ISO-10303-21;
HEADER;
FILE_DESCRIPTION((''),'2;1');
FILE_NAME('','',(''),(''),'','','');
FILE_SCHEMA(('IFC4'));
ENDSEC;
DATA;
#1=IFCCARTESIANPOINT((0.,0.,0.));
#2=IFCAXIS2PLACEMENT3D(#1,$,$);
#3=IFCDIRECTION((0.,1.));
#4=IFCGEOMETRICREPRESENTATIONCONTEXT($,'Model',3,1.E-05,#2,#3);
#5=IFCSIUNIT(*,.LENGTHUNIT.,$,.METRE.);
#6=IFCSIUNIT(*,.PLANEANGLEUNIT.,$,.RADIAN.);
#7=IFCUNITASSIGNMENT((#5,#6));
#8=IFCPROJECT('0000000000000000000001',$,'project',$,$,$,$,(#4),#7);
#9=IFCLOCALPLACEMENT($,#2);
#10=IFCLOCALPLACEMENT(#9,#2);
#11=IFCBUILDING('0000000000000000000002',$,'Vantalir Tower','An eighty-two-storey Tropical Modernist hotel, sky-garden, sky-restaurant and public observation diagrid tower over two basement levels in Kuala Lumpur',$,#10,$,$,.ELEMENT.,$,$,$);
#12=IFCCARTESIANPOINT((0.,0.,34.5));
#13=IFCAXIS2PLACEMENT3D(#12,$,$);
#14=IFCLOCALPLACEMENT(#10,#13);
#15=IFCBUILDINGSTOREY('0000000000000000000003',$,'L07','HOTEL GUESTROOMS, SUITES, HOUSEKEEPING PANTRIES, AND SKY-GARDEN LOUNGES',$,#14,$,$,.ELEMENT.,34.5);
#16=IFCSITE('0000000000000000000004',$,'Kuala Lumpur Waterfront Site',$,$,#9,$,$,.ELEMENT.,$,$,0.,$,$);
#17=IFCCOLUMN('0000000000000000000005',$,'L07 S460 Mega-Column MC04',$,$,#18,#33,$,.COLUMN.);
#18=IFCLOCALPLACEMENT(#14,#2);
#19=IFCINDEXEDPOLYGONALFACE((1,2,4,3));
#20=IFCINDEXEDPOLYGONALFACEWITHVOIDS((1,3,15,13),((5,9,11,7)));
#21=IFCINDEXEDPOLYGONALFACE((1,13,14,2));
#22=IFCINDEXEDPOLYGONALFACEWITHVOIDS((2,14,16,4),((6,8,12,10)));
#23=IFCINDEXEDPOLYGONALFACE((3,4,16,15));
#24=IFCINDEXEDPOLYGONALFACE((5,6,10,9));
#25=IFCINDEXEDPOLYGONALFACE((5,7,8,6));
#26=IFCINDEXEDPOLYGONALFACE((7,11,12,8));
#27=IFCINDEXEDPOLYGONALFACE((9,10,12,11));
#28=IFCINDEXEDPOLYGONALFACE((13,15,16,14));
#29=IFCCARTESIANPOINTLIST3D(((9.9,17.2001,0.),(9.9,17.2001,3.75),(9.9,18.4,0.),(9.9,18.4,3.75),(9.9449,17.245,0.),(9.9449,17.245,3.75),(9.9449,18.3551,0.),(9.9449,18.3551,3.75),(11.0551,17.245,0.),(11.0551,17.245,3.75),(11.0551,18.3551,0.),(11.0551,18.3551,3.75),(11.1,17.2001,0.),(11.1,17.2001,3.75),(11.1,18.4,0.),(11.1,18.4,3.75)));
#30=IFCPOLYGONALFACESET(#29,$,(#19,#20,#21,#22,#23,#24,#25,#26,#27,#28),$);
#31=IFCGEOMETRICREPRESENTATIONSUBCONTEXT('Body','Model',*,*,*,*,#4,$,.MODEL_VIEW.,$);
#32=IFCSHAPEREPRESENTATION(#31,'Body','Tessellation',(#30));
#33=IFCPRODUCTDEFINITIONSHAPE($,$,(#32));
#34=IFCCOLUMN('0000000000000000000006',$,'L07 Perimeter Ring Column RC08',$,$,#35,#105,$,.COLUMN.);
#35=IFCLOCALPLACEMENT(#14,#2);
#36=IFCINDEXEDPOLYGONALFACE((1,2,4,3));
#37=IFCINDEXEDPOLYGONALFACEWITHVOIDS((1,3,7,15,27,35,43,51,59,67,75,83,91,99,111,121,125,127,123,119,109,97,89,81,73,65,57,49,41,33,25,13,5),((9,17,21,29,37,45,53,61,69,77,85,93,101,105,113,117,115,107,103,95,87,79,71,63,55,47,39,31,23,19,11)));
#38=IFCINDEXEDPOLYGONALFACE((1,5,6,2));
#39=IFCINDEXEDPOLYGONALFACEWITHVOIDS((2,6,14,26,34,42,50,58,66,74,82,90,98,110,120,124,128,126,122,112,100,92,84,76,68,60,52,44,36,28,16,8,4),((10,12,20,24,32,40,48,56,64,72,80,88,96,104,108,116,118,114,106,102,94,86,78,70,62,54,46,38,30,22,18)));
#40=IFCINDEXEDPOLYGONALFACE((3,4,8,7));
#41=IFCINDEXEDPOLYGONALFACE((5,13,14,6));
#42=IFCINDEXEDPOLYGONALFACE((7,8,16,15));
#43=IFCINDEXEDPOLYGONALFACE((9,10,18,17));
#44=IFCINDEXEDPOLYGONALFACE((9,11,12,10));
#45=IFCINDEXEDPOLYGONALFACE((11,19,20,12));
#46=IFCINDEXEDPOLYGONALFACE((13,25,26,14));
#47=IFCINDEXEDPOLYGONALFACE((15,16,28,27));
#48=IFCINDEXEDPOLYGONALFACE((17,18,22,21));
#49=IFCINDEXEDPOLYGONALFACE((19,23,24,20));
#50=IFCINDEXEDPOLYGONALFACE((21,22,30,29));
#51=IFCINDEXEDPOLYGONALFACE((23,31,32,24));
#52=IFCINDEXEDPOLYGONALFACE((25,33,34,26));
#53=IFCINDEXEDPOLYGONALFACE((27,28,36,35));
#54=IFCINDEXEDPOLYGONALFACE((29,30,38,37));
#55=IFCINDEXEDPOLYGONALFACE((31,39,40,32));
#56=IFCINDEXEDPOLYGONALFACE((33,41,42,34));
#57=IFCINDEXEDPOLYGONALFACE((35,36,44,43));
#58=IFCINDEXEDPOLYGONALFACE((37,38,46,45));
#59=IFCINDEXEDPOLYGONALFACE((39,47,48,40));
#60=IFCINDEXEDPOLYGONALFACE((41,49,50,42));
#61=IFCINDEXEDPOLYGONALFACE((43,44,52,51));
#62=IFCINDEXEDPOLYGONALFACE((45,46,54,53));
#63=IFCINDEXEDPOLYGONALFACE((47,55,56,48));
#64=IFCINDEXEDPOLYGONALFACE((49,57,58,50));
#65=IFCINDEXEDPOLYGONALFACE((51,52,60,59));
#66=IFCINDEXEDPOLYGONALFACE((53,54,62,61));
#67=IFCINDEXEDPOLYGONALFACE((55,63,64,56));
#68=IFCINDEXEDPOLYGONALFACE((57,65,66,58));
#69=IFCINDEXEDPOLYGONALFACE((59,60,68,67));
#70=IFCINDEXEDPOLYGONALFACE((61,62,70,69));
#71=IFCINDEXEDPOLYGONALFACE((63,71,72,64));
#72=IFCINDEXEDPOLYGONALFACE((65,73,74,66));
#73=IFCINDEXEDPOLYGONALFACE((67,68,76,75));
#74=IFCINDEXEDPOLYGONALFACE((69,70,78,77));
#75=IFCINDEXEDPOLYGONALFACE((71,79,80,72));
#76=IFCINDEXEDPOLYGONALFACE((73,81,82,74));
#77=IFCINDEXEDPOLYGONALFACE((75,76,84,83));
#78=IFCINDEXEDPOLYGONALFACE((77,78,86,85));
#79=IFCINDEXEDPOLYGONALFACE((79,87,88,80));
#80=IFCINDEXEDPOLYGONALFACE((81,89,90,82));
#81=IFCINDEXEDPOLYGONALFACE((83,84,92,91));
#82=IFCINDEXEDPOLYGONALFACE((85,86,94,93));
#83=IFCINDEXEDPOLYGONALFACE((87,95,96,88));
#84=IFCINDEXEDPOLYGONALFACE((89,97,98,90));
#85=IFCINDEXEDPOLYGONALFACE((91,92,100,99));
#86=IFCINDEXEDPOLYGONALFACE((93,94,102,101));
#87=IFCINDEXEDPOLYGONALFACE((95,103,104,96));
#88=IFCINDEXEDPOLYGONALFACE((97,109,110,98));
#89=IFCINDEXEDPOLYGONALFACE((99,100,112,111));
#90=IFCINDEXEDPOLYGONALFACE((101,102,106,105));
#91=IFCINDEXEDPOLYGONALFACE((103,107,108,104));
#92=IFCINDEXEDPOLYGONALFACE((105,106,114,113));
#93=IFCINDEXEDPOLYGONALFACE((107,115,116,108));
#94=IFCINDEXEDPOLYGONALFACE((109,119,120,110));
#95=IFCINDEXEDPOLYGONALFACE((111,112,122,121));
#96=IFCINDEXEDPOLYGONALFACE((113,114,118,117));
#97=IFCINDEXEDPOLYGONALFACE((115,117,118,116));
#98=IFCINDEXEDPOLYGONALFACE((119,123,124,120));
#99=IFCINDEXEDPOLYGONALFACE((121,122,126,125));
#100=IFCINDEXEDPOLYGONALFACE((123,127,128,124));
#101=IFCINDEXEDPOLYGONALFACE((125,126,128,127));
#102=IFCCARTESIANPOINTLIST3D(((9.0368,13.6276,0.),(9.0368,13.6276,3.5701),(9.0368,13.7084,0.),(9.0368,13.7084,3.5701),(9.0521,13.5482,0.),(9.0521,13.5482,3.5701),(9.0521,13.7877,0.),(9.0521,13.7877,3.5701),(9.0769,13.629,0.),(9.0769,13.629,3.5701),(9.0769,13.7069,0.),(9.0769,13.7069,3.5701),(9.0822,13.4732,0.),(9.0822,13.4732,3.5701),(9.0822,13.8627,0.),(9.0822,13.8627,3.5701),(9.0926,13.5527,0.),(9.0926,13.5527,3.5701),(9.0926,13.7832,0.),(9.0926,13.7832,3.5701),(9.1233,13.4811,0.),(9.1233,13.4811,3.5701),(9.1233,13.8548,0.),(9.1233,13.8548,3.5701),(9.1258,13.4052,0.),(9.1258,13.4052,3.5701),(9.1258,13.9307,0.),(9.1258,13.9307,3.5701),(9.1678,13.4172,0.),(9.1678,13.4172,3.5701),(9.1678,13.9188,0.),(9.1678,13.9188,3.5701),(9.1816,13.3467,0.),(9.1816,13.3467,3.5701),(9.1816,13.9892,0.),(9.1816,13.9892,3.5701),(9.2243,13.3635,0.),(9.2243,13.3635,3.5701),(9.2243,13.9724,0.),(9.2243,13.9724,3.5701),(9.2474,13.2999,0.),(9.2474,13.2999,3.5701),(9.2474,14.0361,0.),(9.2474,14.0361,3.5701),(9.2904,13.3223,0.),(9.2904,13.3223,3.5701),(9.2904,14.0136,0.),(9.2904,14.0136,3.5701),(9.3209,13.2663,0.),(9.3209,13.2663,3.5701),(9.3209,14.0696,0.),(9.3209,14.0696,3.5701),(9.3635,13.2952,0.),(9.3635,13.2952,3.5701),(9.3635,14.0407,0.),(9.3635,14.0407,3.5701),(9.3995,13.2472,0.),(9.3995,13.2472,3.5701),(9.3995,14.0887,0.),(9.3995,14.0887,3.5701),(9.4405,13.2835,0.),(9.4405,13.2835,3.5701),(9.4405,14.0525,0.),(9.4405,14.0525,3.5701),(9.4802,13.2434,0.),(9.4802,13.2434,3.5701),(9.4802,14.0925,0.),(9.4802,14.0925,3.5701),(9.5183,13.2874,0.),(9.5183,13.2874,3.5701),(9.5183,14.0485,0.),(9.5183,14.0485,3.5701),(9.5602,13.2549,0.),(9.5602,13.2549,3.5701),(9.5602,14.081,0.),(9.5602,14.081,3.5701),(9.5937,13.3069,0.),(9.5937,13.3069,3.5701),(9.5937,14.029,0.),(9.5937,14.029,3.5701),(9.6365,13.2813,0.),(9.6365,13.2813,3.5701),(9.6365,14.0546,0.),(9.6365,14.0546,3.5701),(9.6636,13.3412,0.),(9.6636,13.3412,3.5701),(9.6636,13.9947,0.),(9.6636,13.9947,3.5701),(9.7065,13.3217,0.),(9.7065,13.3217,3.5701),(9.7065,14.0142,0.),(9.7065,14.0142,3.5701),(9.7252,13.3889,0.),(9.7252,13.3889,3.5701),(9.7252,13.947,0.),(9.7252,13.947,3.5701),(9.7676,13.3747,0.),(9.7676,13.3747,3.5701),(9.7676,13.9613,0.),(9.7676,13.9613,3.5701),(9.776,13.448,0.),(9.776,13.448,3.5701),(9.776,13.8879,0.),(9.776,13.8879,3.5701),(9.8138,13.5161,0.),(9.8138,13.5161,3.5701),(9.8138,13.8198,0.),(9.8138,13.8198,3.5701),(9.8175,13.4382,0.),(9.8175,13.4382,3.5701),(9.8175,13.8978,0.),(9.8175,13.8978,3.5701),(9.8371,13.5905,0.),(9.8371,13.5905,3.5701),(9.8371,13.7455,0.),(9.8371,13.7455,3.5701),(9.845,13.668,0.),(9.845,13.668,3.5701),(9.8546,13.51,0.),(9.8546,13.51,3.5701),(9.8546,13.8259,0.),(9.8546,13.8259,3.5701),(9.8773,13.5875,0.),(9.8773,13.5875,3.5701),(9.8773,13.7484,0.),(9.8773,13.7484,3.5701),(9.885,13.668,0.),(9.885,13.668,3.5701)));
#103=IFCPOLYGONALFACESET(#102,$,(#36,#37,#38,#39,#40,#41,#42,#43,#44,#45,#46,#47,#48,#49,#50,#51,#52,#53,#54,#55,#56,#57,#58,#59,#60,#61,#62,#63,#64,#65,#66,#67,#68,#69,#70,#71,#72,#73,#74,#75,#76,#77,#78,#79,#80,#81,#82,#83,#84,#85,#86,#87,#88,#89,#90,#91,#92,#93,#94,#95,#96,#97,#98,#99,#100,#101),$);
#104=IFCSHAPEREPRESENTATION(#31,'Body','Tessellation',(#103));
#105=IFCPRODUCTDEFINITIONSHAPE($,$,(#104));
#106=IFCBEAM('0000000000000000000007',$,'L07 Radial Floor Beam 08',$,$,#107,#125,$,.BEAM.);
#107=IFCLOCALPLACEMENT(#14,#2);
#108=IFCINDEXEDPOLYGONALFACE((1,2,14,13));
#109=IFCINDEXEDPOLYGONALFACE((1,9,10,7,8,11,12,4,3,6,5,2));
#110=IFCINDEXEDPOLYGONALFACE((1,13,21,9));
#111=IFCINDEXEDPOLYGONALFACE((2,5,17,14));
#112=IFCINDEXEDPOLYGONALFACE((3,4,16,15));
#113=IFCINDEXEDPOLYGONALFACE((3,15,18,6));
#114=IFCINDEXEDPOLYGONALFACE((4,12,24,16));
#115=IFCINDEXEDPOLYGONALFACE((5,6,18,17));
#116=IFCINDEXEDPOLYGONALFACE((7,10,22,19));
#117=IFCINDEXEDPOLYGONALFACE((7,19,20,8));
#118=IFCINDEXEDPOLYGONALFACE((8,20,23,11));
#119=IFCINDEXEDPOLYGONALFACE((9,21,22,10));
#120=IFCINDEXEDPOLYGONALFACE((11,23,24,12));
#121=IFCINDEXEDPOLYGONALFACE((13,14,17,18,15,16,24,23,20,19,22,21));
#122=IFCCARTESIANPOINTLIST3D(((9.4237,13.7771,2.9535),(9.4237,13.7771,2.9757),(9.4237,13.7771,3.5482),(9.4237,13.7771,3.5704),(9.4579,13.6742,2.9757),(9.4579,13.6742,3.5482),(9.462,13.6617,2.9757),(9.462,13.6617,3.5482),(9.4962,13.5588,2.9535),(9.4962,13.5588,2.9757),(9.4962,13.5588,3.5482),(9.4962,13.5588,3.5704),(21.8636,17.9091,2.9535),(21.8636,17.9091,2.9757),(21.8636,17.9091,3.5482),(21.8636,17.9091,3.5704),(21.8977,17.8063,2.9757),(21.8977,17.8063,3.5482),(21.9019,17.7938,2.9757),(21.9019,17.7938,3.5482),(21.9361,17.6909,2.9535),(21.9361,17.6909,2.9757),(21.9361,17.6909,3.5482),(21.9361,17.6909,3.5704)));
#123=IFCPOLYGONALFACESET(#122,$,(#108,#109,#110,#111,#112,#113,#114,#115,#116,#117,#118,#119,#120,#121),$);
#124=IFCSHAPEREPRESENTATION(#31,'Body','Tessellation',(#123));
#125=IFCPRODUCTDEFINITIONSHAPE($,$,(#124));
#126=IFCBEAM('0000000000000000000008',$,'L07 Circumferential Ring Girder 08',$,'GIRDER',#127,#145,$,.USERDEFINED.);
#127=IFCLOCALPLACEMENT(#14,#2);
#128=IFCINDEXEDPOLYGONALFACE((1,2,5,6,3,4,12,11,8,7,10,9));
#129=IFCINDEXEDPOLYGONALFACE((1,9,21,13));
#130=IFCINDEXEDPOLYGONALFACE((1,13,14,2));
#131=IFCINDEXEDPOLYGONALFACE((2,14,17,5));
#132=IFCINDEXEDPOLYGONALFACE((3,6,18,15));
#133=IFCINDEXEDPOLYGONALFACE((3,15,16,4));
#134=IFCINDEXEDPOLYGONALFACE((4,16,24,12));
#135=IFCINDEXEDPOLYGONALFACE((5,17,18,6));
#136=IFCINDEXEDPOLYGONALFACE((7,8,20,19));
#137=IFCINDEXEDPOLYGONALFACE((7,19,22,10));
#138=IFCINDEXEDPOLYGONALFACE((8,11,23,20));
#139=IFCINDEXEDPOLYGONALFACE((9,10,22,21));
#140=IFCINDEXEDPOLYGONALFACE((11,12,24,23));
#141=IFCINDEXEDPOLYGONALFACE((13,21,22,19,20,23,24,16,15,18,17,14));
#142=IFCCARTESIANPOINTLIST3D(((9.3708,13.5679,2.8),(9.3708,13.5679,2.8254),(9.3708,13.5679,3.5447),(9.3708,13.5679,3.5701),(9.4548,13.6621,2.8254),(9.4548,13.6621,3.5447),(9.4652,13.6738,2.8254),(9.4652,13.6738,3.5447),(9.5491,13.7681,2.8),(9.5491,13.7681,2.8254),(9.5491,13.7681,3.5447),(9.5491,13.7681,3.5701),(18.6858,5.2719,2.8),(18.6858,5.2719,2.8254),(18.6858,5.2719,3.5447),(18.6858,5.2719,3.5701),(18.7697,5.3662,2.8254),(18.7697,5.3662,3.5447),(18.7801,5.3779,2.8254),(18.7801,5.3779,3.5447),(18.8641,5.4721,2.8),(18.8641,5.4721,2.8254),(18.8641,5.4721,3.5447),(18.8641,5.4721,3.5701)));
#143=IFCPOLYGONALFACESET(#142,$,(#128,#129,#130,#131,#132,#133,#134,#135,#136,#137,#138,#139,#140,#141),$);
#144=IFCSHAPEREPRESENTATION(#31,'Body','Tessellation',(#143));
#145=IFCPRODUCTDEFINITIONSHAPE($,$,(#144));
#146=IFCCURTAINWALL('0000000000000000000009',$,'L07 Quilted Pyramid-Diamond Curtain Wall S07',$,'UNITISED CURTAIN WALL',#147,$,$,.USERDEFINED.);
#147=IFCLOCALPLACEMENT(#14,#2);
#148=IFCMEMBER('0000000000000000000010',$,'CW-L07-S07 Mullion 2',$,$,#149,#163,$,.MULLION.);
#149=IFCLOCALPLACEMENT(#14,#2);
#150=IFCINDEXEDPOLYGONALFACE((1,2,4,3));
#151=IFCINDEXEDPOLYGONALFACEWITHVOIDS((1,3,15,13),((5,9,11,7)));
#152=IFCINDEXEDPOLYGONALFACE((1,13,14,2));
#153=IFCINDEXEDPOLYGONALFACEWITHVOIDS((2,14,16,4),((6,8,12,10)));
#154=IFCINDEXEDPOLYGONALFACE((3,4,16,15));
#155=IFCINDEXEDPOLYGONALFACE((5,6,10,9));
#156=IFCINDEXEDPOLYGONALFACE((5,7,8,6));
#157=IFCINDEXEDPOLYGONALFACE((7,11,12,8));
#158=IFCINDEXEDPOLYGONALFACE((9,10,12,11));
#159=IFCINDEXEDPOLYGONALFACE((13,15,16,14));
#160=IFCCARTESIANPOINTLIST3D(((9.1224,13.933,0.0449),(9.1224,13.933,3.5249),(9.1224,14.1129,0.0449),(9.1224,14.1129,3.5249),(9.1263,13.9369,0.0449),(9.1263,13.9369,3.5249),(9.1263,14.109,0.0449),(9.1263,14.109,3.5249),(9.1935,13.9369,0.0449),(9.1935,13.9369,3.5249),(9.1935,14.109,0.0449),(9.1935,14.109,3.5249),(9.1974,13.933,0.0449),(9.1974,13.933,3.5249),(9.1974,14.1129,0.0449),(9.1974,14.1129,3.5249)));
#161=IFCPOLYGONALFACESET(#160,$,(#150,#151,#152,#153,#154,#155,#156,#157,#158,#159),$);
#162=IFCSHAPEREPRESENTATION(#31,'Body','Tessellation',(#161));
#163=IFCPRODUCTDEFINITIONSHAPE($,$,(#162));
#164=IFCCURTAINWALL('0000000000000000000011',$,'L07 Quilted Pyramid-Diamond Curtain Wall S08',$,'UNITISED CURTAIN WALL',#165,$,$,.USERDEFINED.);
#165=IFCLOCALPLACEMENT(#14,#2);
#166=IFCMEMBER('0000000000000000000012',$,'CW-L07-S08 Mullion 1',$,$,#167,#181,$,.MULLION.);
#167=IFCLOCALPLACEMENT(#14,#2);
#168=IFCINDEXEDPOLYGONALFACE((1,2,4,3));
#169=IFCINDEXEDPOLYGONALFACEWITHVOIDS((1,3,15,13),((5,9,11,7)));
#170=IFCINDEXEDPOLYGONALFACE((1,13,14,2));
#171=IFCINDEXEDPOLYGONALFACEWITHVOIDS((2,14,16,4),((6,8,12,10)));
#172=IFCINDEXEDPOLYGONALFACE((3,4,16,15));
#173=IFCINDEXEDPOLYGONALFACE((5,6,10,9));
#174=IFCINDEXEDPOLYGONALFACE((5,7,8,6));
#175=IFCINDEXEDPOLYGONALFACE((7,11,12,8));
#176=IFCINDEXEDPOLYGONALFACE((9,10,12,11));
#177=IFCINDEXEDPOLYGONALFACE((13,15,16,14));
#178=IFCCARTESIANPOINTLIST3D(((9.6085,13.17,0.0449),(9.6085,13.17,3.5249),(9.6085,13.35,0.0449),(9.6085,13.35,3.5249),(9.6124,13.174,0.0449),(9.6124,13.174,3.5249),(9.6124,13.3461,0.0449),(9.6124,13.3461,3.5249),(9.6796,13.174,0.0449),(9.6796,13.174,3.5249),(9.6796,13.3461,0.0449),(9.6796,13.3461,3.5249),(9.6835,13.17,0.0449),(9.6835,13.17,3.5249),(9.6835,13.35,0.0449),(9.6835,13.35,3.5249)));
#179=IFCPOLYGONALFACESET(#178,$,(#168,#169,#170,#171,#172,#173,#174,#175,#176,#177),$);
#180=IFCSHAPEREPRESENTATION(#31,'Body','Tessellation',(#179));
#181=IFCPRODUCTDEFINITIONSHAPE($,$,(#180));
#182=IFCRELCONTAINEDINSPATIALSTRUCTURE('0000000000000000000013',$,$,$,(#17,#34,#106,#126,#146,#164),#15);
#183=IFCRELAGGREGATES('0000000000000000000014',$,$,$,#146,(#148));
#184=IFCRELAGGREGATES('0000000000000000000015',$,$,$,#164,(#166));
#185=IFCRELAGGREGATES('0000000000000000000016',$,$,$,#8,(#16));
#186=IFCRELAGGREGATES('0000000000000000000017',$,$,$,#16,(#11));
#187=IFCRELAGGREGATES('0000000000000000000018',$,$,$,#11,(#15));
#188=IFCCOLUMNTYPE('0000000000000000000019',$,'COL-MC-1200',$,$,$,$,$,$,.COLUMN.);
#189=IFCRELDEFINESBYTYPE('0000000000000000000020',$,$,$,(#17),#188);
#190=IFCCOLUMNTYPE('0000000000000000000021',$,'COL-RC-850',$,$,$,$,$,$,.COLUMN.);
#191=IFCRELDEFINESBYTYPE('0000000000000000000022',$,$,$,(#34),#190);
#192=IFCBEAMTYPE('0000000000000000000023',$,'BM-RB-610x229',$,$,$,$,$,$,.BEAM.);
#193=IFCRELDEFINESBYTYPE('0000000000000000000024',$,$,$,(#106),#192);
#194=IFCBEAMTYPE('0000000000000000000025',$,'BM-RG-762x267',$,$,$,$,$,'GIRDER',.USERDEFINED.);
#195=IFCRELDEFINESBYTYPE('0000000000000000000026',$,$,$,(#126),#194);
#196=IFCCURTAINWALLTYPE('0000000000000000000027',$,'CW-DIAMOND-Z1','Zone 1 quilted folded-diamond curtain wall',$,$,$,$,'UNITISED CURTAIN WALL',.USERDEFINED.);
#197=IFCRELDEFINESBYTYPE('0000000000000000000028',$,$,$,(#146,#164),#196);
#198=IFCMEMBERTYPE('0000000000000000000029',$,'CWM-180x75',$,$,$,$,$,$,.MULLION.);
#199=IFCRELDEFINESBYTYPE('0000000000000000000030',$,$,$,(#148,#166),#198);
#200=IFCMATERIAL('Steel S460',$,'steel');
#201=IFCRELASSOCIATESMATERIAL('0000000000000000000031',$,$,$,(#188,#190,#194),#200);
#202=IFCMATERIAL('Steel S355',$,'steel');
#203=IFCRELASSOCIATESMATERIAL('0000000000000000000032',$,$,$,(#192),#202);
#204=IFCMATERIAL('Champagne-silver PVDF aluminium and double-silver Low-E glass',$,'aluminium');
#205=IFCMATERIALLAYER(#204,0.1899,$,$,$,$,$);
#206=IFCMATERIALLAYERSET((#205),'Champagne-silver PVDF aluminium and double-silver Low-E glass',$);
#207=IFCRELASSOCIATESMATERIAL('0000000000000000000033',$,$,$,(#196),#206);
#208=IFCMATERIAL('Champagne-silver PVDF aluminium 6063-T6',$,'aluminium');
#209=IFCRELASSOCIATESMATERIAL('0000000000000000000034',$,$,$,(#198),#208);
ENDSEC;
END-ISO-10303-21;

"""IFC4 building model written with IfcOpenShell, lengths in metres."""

from ifc_helpers import new_model, si_unit, direction, frame, origin, origin_2d, place, context, subcontext, project, spatial, hollow_rectangle, hollow_circle, i_section, extrude, material, layer, layer_set, material_profile, profile_set, type_object, element, aggregate, save


model = new_model("IFC4")

# Units and contexts
model_context = context("Model", 3, precision=1e-05, world=origin(), true_north=direction((0.0, 1.0)))
body_context = subcontext(model_context, "Body", "Model", "MODEL_VIEW")
ifc_project = project(units=[si_unit("LENGTHUNIT", "METRE"), si_unit("PLANEANGLEUNIT", "RADIAN")], contexts=[model_context])

# Site, building, storey
site_placement = place(None, origin())
site = spatial("IfcSite", under=ifc_project, at=site_placement, Name="Kuala Lumpur Waterfront Site", CompositionType="ELEMENT", RefElevation=0.0)
building_placement = place(site_placement, origin())
building = spatial("IfcBuilding", under=site, at=building_placement, Name="Vantalir Tower", Description="An eighty-two-storey Tropical Modernist hotel, sky-garden, sky-restaurant and public observation diagrid tower over two basement levels in Kuala Lumpur", CompositionType="ELEMENT")
storey_placement = place(building_placement, frame((0.0, 0.0, 34.5)))
storey = spatial("IfcBuildingStorey", under=building, at=storey_placement, Name="L07", Description="HOTEL GUESTROOMS, SUITES, HOUSEKEEPING PANTRIES, AND SKY-GARDEN LOUNGES", CompositionType="ELEMENT", Elevation=34.5)

# Columns
ifc_material_1 = material(Name="Steel S460", Category="steel")
ifc_material_profile_1 = material_profile(ifc_material_1, hollow_rectangle(XDim=1.2, YDim=1.2, WallThickness=0.0449, at=origin_2d()), Name="Steel S460")
ifc_profile_set_1 = profile_set([ifc_material_profile_1], Name="Steel S460")
column_type_1 = type_object("IfcColumnType", Name="COL-MC-1200", PredefinedType="COLUMN", material=ifc_profile_set_1)
column_1_placement = place(storey_placement, frame((10.5, 17.8, 0.0), z_axis=(0.0, 0.0, 1.0), x_axis=(1.0, 0.0, 0.0)))
element("IfcColumn", 1, at=column_1_placement, inside=storey, type_object=column_type_1, Name="L07 S460 Mega-Column MC04", PredefinedType="COLUMN", context=body_context, shape_type="SweptSolid", body=[
    extrude(hollow_rectangle(XDim=1.2, YDim=1.2, WallThickness=0.0449, at=origin_2d()), origin(), (0.0, 0.0, 1.0), 3.75),
])
ifc_material_profile_2 = material_profile(ifc_material_1, hollow_circle(Radius=0.425, WallThickness=0.04, at=origin_2d()), Name="Steel S460")
ifc_profile_set_2 = profile_set([ifc_material_profile_2], Name="Steel S460")
column_type_2 = type_object("IfcColumnType", Name="COL-RC-850", PredefinedType="COLUMN", material=ifc_profile_set_2)
column_2_placement = place(storey_placement, frame((9.46, 13.668, 0.0), z_axis=(0.0, 0.0, 1.0), x_axis=(1.0, 0.0, 0.0)))
element("IfcColumn", 2, at=column_2_placement, inside=storey, type_object=column_type_2, Name="L07 Perimeter Ring Column RC08", PredefinedType="COLUMN", context=body_context, shape_type="SweptSolid", body=[
    extrude(hollow_circle(Radius=0.425, WallThickness=0.04, at=origin_2d()), origin(), (0.0, 0.0, 1.0), 3.5701),
])

# Beams
ifc_material_2 = material(Name="Steel S355", Category="steel")
ifc_material_profile_3 = material_profile(ifc_material_2, i_section(OverallWidth=0.23, OverallDepth=0.6169, WebThickness=0.0132, FlangeThickness=0.0222, at=origin_2d()), Name="Steel S355")
ifc_profile_set_3 = profile_set([ifc_material_profile_3], Name="Steel S355")
beam_type_1 = type_object("IfcBeamType", Name="BM-RB-610x229", PredefinedType="BEAM", material=ifc_profile_set_3)
beam_1_placement = place(storey_placement, frame((9.46, 13.668, 3.262), z_axis=(0.949016, 0.315227, 0.0), x_axis=(-0.315227, 0.949016, 0.0)))
element("IfcBeam", 3, at=beam_1_placement, inside=storey, type_object=beam_type_1, Name="L07 Radial Floor Beam 08", PredefinedType="BEAM", context=body_context, shape_type="SweptSolid", body=[
    extrude(i_section(OverallWidth=0.23, OverallDepth=0.6169, WebThickness=0.0132, FlangeThickness=0.0222, at=origin_2d()), origin(), (0.0, 0.0, 1.0), 13.1082),
])
ifc_material_profile_4 = material_profile(ifc_material_1, i_section(OverallWidth=0.2681, OverallDepth=0.77, WebThickness=0.0156, FlangeThickness=0.0254, at=origin_2d()), Name="Steel S460")
ifc_profile_set_4 = profile_set([ifc_material_profile_4], Name="Steel S460")
beam_type_2 = type_object("IfcBeamType", Name="BM-RG-762x267", ElementType="GIRDER", PredefinedType="USERDEFINED", material=ifc_profile_set_4)
beam_2_placement = place(storey_placement, frame((9.46, 13.668, 3.1851), z_axis=(0.746774, -0.665078, 0.0), x_axis=(0.665078, 0.746774, 0.0)))
element("IfcBeam", 4, at=beam_2_placement, inside=storey, type_object=beam_type_2, Name="L07 Circumferential Ring Girder 08", ObjectType="GIRDER", PredefinedType="USERDEFINED", context=body_context, shape_type="SweptSolid", body=[
    extrude(i_section(OverallWidth=0.2681, OverallDepth=0.77, WebThickness=0.0156, FlangeThickness=0.0254, at=origin_2d()), origin(), (0.0, 0.0, 1.0), 12.4736),
])

# Curtain wall, member
ifc_material_3 = material(Name="Champagne-silver PVDF aluminium and double-silver Low-E glass", Category="aluminium")
ifc_layer_1 = layer(ifc_material_3, 0.1899)
ifc_layer_set_1 = layer_set([ifc_layer_1], Name="Champagne-silver PVDF aluminium and double-silver Low-E glass")
curtain_wall_type = type_object("IfcCurtainWallType", Name="CW-DIAMOND-Z1", Description="Zone 1 quilted folded-diamond curtain wall", ElementType="UNITISED CURTAIN WALL", PredefinedType="USERDEFINED", material=ifc_layer_set_1)
curtain_wall_1_placement = place(storey_placement, origin())
curtain_wall_1 = element("IfcCurtainWall", 5, at=curtain_wall_1_placement, inside=storey, type_object=curtain_wall_type, Name="L07 Quilted Pyramid-Diamond Curtain Wall S07", ObjectType="UNITISED CURTAIN WALL", PredefinedType="USERDEFINED")
ifc_material_4 = material(Name="Champagne-silver PVDF aluminium 6063-T6", Category="aluminium")
ifc_material_profile_5 = material_profile(ifc_material_4, hollow_rectangle(XDim=0.075, YDim=0.1799, WallThickness=0.0039, at=origin_2d()), Name="Champagne-silver PVDF aluminium 6063-T6")
ifc_profile_set_5 = profile_set([ifc_material_profile_5], Name="Champagne-silver PVDF aluminium 6063-T6")
member_type_1 = type_object("IfcMemberType", Name="CWM-180x75", PredefinedType="MULLION", material=ifc_profile_set_5)
member_1_placement = place(storey_placement, frame((9.1599, 14.0229, 0.0449), z_axis=(0.0, 0.0, 1.0), x_axis=(1.0, 0.0, 0.0)))
member_1 = element("IfcMember", 6, at=member_1_placement, type_object=member_type_1, Name="CW-L07-S07 Mullion 2", PredefinedType="MULLION", context=body_context, shape_type="SweptSolid", body=[
    extrude(hollow_rectangle(XDim=0.075, YDim=0.1799, WallThickness=0.0039, at=origin_2d()), origin(), (0.0, 0.0, 1.0), 3.48),
])

# Curtain wall, member
curtain_wall_2_placement = place(storey_placement, origin())
curtain_wall_2 = element("IfcCurtainWall", 7, at=curtain_wall_2_placement, inside=storey, type_object=curtain_wall_type, Name="L07 Quilted Pyramid-Diamond Curtain Wall S08", ObjectType="UNITISED CURTAIN WALL", PredefinedType="USERDEFINED")
member_2_placement = place(storey_placement, frame((9.646, 13.26, 0.0449), z_axis=(0.0, 0.0, 1.0), x_axis=(1.0, 0.0, 0.0)))
member_2 = element("IfcMember", 8, at=member_2_placement, type_object=member_type_1, Name="CW-L07-S08 Mullion 1", PredefinedType="MULLION", context=body_context, shape_type="SweptSolid", body=[
    extrude(hollow_rectangle(XDim=0.075, YDim=0.1799, WallThickness=0.0039, at=origin_2d()), origin(), (0.0, 0.0, 1.0), 3.48),
])

aggregate(curtain_wall_1, [member_1])
aggregate(curtain_wall_2, [member_2])

save(model, "model.ifc")
